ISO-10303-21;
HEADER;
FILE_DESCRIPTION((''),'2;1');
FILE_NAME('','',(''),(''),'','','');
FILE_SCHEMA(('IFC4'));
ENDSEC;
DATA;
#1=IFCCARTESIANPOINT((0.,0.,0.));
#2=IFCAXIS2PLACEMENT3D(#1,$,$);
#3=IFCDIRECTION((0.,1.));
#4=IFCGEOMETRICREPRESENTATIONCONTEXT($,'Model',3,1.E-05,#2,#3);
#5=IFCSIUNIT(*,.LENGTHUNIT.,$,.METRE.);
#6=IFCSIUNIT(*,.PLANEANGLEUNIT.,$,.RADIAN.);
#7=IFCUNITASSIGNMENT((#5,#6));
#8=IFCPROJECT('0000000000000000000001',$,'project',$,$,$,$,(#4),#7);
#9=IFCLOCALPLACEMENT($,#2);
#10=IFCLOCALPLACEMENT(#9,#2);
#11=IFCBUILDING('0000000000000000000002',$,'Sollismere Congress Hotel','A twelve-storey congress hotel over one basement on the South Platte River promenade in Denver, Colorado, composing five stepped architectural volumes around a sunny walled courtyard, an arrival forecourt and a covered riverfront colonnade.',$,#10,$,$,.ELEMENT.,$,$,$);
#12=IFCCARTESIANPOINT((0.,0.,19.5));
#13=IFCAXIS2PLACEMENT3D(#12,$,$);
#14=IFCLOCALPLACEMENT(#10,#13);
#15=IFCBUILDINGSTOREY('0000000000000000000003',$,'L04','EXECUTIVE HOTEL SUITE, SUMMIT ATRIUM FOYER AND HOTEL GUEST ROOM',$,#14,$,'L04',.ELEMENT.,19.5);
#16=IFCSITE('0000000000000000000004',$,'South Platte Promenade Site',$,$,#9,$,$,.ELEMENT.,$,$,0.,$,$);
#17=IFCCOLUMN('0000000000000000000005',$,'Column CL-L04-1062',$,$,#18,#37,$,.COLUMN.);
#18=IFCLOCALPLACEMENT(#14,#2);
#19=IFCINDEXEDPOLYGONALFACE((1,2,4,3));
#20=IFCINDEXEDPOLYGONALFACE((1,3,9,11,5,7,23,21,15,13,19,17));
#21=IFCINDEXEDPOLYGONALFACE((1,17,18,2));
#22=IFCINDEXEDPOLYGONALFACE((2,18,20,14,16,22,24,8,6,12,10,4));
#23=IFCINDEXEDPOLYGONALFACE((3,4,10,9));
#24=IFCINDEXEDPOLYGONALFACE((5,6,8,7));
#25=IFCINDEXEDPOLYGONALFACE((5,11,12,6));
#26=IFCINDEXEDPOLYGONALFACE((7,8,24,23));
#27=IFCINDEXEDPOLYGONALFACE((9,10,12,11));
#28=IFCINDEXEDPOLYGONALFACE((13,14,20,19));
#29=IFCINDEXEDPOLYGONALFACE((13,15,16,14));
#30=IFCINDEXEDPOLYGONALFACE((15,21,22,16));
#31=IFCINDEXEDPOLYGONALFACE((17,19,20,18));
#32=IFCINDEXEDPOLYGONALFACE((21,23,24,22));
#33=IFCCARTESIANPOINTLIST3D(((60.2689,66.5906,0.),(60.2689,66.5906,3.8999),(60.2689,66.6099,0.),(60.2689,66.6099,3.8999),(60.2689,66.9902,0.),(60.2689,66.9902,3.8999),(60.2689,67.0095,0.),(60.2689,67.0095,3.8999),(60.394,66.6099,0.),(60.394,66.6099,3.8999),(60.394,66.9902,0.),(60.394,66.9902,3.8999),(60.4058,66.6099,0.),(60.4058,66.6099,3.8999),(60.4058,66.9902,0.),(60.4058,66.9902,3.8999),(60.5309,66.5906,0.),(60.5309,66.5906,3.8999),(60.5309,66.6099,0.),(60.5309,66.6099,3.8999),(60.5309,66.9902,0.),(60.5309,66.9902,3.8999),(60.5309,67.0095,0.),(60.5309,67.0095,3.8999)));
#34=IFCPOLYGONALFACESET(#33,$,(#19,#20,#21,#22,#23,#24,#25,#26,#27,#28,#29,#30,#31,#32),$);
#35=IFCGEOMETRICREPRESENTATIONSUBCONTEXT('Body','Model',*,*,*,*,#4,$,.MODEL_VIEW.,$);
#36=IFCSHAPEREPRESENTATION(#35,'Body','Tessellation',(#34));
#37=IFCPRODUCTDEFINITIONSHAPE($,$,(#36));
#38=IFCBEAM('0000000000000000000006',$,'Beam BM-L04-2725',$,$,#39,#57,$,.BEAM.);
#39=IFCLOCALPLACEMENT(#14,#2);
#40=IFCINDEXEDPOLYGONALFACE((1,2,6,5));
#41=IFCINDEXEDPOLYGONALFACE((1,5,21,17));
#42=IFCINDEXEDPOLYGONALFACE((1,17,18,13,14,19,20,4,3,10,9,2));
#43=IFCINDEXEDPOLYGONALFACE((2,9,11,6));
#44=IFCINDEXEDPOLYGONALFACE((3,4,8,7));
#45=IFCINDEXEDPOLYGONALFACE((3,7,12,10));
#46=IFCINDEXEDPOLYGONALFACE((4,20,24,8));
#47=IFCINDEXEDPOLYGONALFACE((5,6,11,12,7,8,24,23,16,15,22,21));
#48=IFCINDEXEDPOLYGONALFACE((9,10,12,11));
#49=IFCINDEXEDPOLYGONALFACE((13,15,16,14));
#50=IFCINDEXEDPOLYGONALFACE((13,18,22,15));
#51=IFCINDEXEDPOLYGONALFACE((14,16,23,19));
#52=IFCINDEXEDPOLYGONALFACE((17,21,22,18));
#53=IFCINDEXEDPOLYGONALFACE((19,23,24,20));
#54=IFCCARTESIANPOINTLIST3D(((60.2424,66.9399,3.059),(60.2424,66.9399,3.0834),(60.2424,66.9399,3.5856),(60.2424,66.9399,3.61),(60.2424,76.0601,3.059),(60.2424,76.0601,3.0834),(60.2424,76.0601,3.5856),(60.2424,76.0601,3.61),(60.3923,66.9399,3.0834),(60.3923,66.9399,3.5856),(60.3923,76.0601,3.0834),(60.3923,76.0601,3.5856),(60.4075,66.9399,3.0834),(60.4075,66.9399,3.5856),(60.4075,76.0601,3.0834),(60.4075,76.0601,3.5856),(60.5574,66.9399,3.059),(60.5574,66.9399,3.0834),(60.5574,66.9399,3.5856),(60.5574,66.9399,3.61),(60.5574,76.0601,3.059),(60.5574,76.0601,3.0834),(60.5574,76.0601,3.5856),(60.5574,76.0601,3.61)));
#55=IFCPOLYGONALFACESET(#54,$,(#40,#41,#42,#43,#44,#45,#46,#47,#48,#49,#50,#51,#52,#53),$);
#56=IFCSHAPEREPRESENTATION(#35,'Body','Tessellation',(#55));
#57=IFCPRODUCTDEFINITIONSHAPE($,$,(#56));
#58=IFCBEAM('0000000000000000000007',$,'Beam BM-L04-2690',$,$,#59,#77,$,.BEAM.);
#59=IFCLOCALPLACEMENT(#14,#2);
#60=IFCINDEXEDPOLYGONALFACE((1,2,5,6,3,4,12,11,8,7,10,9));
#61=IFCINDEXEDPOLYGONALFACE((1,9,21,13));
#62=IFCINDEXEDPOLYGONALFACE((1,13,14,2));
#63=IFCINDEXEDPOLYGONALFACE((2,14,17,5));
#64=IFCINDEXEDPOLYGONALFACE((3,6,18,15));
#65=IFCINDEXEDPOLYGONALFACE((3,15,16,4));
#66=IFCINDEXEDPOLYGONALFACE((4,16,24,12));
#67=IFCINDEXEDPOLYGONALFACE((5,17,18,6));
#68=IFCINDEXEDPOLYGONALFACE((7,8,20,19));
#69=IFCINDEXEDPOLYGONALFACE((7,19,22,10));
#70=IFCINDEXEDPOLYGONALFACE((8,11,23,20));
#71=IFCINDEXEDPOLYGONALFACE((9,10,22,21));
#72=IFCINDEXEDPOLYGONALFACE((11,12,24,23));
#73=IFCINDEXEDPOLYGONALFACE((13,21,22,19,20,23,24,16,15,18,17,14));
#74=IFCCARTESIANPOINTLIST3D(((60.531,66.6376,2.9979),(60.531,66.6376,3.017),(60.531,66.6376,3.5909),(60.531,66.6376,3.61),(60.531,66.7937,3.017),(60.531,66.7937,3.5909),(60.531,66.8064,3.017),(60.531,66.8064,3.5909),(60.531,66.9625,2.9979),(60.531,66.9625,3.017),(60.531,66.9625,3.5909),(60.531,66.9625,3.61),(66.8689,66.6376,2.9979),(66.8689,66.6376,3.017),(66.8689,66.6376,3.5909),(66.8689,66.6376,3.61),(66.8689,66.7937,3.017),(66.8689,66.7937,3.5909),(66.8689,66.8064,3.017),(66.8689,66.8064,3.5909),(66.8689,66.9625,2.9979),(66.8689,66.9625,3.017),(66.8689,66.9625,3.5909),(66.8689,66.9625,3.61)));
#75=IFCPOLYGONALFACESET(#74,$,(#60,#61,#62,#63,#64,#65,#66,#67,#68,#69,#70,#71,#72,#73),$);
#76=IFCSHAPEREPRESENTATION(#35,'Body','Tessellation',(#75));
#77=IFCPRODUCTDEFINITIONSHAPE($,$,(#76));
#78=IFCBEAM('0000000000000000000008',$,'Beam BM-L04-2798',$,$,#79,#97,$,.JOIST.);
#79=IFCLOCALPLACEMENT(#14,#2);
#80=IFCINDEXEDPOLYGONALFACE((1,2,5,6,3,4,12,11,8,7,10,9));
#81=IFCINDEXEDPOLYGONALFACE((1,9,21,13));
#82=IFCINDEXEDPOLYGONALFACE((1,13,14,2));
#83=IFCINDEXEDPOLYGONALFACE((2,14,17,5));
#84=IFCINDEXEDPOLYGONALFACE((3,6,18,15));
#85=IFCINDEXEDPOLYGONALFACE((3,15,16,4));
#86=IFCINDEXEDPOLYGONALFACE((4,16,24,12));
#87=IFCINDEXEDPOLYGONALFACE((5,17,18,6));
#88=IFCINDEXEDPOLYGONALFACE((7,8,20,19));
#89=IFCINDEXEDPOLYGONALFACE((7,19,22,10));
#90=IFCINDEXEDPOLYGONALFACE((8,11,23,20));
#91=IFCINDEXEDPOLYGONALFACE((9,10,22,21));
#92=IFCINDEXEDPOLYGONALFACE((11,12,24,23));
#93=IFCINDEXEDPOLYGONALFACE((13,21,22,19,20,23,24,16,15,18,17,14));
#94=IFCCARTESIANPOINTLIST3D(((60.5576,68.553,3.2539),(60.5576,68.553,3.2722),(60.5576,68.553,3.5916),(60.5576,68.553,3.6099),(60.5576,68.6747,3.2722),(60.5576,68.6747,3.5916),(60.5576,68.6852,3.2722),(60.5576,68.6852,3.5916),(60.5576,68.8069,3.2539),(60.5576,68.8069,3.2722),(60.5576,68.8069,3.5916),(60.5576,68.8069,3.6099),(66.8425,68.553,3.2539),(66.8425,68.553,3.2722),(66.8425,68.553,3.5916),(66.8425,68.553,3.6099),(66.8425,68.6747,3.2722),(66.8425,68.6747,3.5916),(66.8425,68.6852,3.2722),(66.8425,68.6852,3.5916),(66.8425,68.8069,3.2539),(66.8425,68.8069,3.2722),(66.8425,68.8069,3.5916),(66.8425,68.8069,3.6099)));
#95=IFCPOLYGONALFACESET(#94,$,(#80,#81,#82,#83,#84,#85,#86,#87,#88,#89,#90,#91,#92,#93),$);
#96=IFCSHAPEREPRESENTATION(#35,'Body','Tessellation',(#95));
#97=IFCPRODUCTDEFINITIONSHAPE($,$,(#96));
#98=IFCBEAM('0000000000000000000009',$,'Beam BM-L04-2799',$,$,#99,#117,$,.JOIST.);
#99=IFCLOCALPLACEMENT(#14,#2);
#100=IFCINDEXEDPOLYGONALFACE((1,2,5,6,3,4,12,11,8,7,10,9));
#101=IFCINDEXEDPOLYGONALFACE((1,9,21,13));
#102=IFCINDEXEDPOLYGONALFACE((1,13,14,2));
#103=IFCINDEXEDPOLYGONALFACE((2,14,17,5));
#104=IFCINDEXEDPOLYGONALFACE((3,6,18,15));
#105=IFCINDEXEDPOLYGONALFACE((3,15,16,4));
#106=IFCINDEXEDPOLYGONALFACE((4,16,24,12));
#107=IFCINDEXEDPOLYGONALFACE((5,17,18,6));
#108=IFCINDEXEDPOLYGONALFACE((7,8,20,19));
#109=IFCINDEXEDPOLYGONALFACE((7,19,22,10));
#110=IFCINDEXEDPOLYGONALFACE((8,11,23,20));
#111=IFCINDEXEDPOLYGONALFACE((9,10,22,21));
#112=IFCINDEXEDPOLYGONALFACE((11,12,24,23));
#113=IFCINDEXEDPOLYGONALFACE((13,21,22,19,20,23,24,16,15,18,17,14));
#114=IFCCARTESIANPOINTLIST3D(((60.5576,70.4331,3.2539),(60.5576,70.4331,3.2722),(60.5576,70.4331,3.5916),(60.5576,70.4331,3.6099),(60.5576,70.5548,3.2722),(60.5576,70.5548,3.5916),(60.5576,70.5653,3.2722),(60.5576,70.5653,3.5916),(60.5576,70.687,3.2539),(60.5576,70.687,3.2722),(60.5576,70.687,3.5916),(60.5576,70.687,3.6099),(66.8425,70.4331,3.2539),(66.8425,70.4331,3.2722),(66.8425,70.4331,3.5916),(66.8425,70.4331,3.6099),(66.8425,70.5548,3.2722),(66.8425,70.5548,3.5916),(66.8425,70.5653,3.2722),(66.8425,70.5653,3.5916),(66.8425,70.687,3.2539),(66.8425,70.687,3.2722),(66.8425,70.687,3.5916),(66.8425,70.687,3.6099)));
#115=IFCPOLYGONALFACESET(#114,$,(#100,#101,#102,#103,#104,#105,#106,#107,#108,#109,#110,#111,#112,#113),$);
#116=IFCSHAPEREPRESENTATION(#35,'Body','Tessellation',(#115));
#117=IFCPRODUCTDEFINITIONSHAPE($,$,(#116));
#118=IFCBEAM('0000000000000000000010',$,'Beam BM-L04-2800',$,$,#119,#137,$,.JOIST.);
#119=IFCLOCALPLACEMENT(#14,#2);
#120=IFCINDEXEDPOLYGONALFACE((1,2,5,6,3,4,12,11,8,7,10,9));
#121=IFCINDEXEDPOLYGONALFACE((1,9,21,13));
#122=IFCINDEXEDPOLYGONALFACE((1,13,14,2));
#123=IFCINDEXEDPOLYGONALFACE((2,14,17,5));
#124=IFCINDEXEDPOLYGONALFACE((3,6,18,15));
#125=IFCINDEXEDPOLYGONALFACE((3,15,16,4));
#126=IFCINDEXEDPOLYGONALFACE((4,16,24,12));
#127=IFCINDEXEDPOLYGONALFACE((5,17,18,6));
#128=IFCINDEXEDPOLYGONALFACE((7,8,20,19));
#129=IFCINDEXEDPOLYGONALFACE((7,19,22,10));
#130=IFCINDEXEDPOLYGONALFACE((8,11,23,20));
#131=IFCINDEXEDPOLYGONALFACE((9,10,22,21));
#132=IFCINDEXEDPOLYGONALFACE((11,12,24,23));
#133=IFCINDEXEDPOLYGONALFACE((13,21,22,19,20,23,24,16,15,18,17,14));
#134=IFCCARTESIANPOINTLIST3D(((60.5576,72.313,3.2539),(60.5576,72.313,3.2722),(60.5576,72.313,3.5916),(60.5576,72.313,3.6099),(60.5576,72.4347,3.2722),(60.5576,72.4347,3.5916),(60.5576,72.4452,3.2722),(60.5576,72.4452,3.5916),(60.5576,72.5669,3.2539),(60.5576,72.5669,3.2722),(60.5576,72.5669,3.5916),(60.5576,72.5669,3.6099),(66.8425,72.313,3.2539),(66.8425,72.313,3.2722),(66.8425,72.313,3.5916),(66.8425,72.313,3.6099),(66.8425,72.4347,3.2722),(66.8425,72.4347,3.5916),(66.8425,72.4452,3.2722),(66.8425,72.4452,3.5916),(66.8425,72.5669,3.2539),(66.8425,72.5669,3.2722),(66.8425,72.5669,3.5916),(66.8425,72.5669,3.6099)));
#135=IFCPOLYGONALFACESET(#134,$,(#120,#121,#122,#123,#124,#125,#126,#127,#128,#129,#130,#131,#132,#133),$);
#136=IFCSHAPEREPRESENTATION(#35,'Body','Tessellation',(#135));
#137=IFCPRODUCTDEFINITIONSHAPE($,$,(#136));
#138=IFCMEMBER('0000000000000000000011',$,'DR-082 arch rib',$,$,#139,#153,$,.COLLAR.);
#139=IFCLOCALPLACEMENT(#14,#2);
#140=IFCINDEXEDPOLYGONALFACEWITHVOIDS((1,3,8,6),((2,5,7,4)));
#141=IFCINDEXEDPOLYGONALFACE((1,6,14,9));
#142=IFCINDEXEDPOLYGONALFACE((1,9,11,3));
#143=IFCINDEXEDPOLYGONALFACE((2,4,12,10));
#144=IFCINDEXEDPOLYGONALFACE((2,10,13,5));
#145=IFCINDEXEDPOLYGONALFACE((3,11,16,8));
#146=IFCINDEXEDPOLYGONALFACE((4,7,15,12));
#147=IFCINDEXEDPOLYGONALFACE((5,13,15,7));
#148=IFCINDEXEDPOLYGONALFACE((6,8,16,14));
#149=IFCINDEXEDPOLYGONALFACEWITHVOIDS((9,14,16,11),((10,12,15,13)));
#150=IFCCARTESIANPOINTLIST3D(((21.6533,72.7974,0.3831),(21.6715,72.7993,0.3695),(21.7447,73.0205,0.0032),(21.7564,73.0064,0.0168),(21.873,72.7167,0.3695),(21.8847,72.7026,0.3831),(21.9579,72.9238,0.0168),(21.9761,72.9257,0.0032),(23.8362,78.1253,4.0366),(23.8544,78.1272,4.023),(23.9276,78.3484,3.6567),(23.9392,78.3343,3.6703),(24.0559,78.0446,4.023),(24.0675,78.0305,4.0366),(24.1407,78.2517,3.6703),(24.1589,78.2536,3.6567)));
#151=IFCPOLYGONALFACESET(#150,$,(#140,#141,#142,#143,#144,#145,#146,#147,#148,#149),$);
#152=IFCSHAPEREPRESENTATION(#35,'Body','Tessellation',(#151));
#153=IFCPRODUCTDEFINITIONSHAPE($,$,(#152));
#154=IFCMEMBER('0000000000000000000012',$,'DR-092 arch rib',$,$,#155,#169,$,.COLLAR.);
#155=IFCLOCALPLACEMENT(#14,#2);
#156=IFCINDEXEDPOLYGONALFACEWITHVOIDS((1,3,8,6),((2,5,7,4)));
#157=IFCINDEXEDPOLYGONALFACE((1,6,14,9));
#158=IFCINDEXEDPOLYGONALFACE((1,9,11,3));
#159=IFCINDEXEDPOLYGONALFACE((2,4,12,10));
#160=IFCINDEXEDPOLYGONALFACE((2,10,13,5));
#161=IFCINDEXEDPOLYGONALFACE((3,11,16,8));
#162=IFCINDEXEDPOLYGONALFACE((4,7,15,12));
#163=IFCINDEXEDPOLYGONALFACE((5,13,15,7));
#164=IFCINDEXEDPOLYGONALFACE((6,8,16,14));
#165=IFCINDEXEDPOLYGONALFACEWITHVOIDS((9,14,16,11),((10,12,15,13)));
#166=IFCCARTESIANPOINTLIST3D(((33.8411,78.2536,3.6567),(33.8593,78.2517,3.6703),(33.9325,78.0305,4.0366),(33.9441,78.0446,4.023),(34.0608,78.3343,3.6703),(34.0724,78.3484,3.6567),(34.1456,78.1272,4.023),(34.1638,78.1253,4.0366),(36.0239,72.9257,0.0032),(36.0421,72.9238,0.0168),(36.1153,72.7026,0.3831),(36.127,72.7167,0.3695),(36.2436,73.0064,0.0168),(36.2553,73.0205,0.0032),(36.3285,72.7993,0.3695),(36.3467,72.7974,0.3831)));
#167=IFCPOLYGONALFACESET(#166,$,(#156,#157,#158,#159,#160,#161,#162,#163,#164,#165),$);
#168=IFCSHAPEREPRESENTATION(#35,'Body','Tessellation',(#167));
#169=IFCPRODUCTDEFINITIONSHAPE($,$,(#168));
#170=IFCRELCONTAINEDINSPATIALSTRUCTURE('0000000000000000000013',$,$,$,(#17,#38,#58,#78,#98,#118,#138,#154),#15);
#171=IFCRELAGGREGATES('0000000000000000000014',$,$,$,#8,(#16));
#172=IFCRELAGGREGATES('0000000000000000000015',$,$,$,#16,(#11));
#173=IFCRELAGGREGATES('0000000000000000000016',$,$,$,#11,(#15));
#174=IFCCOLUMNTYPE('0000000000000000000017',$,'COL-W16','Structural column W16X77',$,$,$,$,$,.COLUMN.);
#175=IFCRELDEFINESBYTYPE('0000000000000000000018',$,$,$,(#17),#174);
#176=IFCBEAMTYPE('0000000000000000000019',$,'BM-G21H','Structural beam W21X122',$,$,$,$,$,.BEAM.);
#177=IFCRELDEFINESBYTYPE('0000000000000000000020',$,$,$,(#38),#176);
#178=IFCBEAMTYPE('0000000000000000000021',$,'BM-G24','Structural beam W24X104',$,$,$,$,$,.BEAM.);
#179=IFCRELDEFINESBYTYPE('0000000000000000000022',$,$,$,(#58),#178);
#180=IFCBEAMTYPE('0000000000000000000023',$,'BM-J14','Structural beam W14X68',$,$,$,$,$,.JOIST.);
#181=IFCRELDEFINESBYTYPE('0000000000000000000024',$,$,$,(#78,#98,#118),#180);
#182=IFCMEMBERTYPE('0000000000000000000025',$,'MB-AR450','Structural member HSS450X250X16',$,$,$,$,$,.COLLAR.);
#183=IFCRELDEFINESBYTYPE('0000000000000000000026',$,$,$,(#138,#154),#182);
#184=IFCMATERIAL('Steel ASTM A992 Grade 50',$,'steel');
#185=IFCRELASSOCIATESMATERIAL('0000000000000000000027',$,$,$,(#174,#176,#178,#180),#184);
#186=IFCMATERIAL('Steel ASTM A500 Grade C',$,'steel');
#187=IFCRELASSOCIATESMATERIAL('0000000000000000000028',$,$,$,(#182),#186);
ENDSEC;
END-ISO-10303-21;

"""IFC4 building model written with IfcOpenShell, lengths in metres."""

from ifc_helpers import new_model, si_unit, direction, frame, origin, origin_2d, place, context, subcontext, project, spatial, hollow_rectangle, i_section, extrude, material, material_profile, profile_set, type_object, element, save


model = new_model("IFC4")

# Units and contexts
model_context = context("Model", 3, precision=1e-05, world=origin(), true_north=direction((0.0, 1.0)))
body_context = subcontext(model_context, "Body", "Model", "MODEL_VIEW")
ifc_project = project(units=[si_unit("LENGTHUNIT", "METRE"), si_unit("PLANEANGLEUNIT", "RADIAN")], contexts=[model_context])

# Site, building, storey
site_placement = place(None, origin())
site = spatial("IfcSite", under=ifc_project, at=site_placement, Name="South Platte Promenade Site", CompositionType="ELEMENT", RefElevation=0.0)
building_placement = place(site_placement, origin())
building = spatial("IfcBuilding", under=site, at=building_placement, Name="Sollismere Congress Hotel", Description="A twelve-storey congress hotel over one basement on the South Platte River promenade in Denver, Colorado, composing five stepped architectural volumes around a sunny walled courtyard, an arrival forecourt and a covered riverfront colonnade.", CompositionType="ELEMENT")
storey_placement = place(building_placement, frame((0.0, 0.0, 19.5)))
storey = spatial("IfcBuildingStorey", under=building, at=storey_placement, Name="L04", Description="EXECUTIVE HOTEL SUITE, SUMMIT ATRIUM FOYER AND HOTEL GUEST ROOM", LongName="L04", CompositionType="ELEMENT", Elevation=19.5)

# Column
ifc_material_1 = material(Name="Steel ASTM A992 Grade 50", Category="steel")
ifc_material_profile_1 = material_profile(ifc_material_1, i_section(OverallWidth=0.262, OverallDepth=0.4189, WebThickness=0.0117, FlangeThickness=0.0193, at=origin_2d()), Name="W16X77")
ifc_profile_set_1 = profile_set([ifc_material_profile_1], Name="Steel ASTM A992 Grade 50")
column_type = type_object("IfcColumnType", Name="COL-W16", Description="Structural column W16X77", PredefinedType="COLUMN", material=ifc_profile_set_1)
column_placement = place(storey_placement, frame((60.3999, 66.8, 0.0), z_axis=(0.0, 0.0, 1.0), x_axis=(1.0, 0.0, 0.0)))
element("IfcColumn", 1, at=column_placement, inside=storey, type_object=column_type, Name="Column CL-L04-1062", PredefinedType="COLUMN", context=body_context, shape_type="SweptSolid", body=[
    extrude(i_section(OverallWidth=0.262, OverallDepth=0.4189, WebThickness=0.0117, FlangeThickness=0.0193, at=origin_2d()), origin(), (0.0, 0.0, 1.0), 3.8999),
])

# Beams
ifc_material_profile_2 = material_profile(ifc_material_1, i_section(OverallWidth=0.3149, OverallDepth=0.551, WebThickness=0.0151, FlangeThickness=0.0244, at=origin_2d()), Name="W21X122")
ifc_profile_set_2 = profile_set([ifc_material_profile_2], Name="Steel ASTM A992 Grade 50")
beam_type_1 = type_object("IfcBeamType", Name="BM-G21H", Description="Structural beam W21X122", PredefinedType="BEAM", material=ifc_profile_set_2)
beam_1_placement = place(storey_placement, frame((60.3999, 66.9399, 3.3345), z_axis=(0.0, 1.0, 0.0), x_axis=(-1.0, 0.0, 0.0)))
element("IfcBeam", 2, at=beam_1_placement, inside=storey, type_object=beam_type_1, Name="Beam BM-L04-2725", PredefinedType="BEAM", context=body_context, shape_type="SweptSolid", body=[
    extrude(i_section(OverallWidth=0.3149, OverallDepth=0.551, WebThickness=0.0151, FlangeThickness=0.0244, at=origin_2d()), origin(), (0.0, 0.0, 1.0), 9.1201),
])
ifc_material_profile_3 = material_profile(ifc_material_1, i_section(OverallWidth=0.325, OverallDepth=0.6121, WebThickness=0.0127, FlangeThickness=0.019, at=origin_2d()), Name="W24X104")
ifc_profile_set_3 = profile_set([ifc_material_profile_3], Name="Steel ASTM A992 Grade 50")
beam_type_2 = type_object("IfcBeamType", Name="BM-G24", Description="Structural beam W24X104", PredefinedType="BEAM", material=ifc_profile_set_3)
beam_2_placement = place(storey_placement, frame((60.531, 66.8, 3.304), z_axis=(1.0, 0.0, 0.0), x_axis=(0.0, 1.0, 0.0)))
element("IfcBeam", 3, at=beam_2_placement, inside=storey, type_object=beam_type_2, Name="Beam BM-L04-2690", PredefinedType="BEAM", context=body_context, shape_type="SweptSolid", body=[
    extrude(i_section(OverallWidth=0.325, OverallDepth=0.6121, WebThickness=0.0127, FlangeThickness=0.019, at=origin_2d()), origin(), (0.0, 0.0, 1.0), 6.3379),
])
ifc_material_profile_4 = material_profile(ifc_material_1, i_section(OverallWidth=0.2539, OverallDepth=0.356, WebThickness=0.0105, FlangeThickness=0.0183, at=origin_2d()), Name="W14X68")
ifc_profile_set_4 = profile_set([ifc_material_profile_4], Name="Steel ASTM A992 Grade 50")
beam_type_3 = type_object("IfcBeamType", Name="BM-J14", Description="Structural beam W14X68", PredefinedType="JOIST", material=ifc_profile_set_4)
for number, where, z_axis, x_axis, name in (
    (4, (60.5576, 68.6799, 3.4319), (1.0, 0.0, 0.0), (0.0, 1.0, 0.0), "Beam BM-L04-2798"),
    (5, (60.5576, 70.5601, 3.4319), (1.0, 0.0, 0.0), (0.0, 1.0, 0.0), "Beam BM-L04-2799"),
    (6, (60.5576, 72.4399, 3.4319), (1.0, 0.0, 0.0), (0.0, 1.0, 0.0), "Beam BM-L04-2800"),
):
    element("IfcBeam", number, at=place(storey_placement, frame(where, z_axis=z_axis, x_axis=x_axis)), inside=storey, type_object=beam_type_3, Name=name, PredefinedType="JOIST", context=body_context, shape_type="SweptSolid", body=[
        extrude(i_section(OverallWidth=0.2539, OverallDepth=0.356, WebThickness=0.0105, FlangeThickness=0.0183, at=origin_2d()), origin(), (0.0, 0.0, 1.0), 6.2849),
    ])

# Members
ifc_material_2 = material(Name="Steel ASTM A500 Grade C", Category="steel")
ifc_material_profile_5 = material_profile(ifc_material_2, hollow_rectangle(XDim=0.25, YDim=0.45, WallThickness=0.0161, at=origin_2d()), Name="HSS450X250X16")
ifc_profile_set_5 = profile_set([ifc_material_profile_5], Name="Steel ASTM A500 Grade C")
member_type_1 = type_object("IfcMemberType", Name="MB-AR450", Description="Structural member HSS450X250X16", PredefinedType="COLLAR", material=ifc_profile_set_5)
for number, where, z_axis, x_axis, name in (
    (7, (21.8147, 72.8616, 0.1931), (0.320111, 0.781321, 0.535786), (-0.925348, 0.37912, 0.0), "DR-082 arch rib"),
    (8, (36.1853, 72.8616, 0.1931), (-0.320111, 0.781321, 0.535786), (-0.925348, -0.37912, 0.0), "DR-092 arch rib"),
):
    element("IfcMember", number, at=place(storey_placement, frame(where, z_axis=z_axis, x_axis=x_axis)), inside=storey, type_object=member_type_1, Name=name, PredefinedType="COLLAR", context=body_context, shape_type="SweptSolid", body=[
        extrude(hollow_rectangle(XDim=0.25, YDim=0.45, WallThickness=0.0161, at=origin_2d()), origin(), (0.0, 0.0, 1.0), 6.8191),
    ])

save(model, "model.ifc")
